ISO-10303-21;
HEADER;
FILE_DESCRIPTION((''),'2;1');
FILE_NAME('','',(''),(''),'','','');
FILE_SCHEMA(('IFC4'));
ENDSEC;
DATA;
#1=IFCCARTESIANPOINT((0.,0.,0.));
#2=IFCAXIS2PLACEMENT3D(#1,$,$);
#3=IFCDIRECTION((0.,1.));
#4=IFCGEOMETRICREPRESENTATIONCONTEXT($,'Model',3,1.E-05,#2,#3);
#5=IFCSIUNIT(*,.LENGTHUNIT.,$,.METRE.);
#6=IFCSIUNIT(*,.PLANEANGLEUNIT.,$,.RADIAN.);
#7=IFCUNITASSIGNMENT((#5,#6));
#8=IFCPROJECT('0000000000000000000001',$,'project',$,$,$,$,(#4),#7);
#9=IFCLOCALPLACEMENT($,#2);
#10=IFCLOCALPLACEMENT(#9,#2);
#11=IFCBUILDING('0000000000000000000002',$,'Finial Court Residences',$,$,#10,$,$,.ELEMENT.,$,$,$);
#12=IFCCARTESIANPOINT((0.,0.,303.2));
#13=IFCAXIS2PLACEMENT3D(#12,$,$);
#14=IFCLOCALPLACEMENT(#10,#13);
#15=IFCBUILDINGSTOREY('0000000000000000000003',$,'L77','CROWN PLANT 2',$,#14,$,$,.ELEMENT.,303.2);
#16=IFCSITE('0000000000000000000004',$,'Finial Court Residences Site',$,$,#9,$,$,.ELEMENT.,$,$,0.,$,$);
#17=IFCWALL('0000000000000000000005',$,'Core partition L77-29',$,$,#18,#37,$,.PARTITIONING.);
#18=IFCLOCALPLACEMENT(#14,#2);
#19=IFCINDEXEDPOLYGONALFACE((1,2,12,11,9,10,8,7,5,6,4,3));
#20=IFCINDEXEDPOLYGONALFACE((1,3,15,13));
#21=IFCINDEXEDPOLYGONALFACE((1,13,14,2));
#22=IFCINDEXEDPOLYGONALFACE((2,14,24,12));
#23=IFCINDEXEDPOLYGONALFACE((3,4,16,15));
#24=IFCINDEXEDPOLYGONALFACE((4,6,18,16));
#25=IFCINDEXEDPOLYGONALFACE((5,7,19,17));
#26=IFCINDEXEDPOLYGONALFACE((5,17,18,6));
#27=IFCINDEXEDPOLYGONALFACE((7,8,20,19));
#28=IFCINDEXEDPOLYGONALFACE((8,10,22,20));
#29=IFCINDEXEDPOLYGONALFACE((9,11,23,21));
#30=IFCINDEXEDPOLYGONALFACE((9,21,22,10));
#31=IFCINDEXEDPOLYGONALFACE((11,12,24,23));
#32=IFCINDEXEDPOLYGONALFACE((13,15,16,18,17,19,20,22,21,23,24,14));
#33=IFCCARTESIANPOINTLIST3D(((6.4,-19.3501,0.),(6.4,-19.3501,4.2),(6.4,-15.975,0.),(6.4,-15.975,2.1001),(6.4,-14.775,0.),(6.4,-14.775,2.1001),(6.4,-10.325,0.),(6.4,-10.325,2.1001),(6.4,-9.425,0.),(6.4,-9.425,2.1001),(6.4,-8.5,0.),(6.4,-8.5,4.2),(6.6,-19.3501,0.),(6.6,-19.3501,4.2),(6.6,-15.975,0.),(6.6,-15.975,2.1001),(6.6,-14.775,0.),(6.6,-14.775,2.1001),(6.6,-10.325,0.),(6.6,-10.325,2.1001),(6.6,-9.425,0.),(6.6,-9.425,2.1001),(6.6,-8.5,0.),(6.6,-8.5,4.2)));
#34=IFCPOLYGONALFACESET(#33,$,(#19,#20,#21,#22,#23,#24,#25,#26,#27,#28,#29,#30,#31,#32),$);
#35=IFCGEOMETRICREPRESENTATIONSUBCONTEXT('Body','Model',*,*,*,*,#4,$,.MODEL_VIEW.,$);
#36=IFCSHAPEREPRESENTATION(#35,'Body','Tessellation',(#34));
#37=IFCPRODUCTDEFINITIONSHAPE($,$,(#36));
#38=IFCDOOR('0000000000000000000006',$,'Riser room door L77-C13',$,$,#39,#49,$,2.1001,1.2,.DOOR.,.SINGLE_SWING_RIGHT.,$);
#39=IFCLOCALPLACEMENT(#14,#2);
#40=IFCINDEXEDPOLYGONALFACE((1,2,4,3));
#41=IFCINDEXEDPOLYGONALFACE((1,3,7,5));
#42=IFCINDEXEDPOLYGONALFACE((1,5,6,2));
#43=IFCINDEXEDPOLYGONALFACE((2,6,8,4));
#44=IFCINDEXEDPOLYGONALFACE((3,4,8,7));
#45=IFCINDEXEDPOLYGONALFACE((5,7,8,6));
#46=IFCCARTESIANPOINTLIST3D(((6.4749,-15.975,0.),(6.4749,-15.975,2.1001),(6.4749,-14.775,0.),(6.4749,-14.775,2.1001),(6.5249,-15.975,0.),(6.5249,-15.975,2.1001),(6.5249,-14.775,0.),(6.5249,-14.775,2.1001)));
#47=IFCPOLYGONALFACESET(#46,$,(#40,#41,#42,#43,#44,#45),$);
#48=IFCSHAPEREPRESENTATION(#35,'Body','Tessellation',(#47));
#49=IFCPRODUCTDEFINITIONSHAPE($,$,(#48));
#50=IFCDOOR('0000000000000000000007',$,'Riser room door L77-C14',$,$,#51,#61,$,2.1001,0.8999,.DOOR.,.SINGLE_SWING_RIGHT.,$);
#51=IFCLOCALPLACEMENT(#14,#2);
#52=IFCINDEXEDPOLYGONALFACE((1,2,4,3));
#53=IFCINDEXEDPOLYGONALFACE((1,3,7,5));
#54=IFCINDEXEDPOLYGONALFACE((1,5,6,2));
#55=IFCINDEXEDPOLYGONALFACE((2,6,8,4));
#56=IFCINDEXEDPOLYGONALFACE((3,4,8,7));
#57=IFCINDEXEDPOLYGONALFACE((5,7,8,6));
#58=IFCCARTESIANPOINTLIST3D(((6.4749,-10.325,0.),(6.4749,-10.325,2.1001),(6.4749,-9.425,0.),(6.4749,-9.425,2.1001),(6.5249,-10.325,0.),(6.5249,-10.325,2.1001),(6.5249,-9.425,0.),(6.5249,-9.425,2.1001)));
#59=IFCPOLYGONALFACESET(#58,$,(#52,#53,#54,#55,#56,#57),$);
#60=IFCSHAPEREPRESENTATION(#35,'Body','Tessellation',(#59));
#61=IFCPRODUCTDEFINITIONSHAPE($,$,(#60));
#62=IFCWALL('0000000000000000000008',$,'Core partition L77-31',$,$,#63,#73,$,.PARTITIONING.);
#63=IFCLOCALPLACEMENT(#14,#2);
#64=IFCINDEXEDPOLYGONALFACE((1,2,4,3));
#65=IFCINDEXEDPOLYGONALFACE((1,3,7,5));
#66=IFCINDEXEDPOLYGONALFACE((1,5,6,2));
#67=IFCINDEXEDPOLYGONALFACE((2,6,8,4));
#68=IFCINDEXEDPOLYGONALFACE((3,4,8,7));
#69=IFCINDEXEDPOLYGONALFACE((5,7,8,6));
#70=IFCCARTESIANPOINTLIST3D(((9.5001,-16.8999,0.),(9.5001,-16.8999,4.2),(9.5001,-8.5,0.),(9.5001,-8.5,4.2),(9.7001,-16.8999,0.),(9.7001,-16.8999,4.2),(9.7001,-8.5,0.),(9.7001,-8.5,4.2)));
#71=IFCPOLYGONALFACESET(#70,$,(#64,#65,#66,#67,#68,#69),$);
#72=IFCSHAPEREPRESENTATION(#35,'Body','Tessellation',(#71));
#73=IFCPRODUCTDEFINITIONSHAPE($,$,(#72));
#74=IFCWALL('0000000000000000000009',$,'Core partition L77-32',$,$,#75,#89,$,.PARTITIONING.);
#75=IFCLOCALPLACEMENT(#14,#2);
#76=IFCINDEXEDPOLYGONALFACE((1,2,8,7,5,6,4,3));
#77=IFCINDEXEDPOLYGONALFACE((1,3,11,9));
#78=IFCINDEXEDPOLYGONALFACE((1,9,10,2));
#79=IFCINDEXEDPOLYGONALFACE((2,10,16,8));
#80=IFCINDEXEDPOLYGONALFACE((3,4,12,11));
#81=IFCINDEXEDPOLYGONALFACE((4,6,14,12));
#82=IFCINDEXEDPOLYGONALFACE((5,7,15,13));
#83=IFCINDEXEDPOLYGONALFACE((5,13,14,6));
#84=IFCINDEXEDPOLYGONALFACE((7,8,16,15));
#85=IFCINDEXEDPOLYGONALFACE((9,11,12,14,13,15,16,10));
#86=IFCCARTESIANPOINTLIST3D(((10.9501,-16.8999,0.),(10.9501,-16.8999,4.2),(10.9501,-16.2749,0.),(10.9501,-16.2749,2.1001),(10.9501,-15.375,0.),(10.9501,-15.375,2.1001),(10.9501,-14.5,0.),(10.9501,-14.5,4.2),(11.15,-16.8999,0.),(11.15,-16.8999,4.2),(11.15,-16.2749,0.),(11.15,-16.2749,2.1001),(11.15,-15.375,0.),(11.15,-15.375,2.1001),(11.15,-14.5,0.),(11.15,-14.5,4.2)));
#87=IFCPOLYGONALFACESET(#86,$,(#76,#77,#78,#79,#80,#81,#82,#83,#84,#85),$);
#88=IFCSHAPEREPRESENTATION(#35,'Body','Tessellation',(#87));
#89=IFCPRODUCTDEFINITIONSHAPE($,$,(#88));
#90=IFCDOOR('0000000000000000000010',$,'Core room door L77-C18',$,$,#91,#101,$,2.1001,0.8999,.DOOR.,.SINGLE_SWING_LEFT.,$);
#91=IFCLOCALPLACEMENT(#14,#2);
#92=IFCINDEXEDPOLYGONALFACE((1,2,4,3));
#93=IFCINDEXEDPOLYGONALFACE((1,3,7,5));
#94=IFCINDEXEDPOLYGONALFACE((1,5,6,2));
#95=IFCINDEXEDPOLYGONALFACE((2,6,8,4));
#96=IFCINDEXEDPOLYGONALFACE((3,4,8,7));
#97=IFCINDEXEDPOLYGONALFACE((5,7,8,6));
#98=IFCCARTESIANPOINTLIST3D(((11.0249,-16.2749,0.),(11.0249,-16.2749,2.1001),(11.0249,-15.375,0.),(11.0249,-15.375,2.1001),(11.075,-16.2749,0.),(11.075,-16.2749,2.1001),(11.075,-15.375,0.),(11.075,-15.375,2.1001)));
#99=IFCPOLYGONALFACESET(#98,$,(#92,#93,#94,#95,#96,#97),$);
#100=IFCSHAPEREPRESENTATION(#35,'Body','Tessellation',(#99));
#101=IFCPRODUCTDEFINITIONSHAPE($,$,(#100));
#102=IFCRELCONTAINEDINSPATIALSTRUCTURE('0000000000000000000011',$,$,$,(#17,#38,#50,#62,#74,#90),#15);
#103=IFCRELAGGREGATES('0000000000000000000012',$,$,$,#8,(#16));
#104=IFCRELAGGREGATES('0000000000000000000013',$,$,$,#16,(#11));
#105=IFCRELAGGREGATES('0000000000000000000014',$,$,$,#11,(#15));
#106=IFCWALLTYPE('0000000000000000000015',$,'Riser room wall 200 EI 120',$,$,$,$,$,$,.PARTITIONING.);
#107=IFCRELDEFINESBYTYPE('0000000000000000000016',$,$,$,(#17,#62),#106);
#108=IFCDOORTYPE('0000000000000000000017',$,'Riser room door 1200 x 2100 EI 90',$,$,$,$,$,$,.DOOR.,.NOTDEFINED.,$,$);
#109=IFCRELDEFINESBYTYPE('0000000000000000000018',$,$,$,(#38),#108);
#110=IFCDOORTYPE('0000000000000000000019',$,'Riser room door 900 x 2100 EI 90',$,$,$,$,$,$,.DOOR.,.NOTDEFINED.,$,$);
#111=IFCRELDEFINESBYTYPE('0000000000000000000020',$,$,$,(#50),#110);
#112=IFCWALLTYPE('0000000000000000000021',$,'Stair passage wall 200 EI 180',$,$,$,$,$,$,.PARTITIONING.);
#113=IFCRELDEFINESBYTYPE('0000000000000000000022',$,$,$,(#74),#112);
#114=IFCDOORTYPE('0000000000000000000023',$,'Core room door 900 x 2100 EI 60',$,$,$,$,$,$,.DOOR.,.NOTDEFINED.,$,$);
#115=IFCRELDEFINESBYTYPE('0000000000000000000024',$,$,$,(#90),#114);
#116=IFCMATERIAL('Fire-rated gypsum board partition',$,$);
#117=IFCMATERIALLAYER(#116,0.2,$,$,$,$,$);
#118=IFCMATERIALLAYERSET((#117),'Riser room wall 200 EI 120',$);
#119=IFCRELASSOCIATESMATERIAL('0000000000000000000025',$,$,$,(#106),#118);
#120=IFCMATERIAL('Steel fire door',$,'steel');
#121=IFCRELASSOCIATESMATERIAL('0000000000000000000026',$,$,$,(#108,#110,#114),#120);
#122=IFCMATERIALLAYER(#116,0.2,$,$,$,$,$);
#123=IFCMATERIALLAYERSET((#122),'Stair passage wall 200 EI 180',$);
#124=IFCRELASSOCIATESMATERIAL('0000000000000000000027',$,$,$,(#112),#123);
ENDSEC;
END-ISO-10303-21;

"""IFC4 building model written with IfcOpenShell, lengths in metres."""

from ifc_helpers import new_model, si_unit, direction, frame, frame_2d, origin, place, context, subcontext, project, spatial, rectangle, extrude, material, layer, layer_set, type_object, element, fill, save


model = new_model("IFC4")

# Units and contexts
model_context = context("Model", 3, precision=1e-05, world=origin(), true_north=direction((0.0, 1.0)))
body_context = subcontext(model_context, "Body", "Model", "MODEL_VIEW")
ifc_project = project(units=[si_unit("LENGTHUNIT", "METRE"), si_unit("PLANEANGLEUNIT", "RADIAN")], contexts=[model_context])

# Site, building, storey
site_placement = place(None, origin())
site = spatial("IfcSite", under=ifc_project, at=site_placement, Name="Finial Court Residences Site", CompositionType="ELEMENT", RefElevation=0.0)
building_placement = place(site_placement, origin())
building = spatial("IfcBuilding", under=site, at=building_placement, Name="Finial Court Residences", CompositionType="ELEMENT")
storey_placement = place(building_placement, frame((0.0, 0.0, 303.2)))
storey = spatial("IfcBuildingStorey", under=building, at=storey_placement, Name="L77", Description="CROWN PLANT 2", CompositionType="ELEMENT", Elevation=303.2)

# Shared definitions
ifc_material_1 = material(Name="Fire-rated gypsum board partition")
ifc_material_2 = material(Name="Steel fire door", Category="steel")

# Shared definitions
ifc_layer_1 = layer(ifc_material_1, 0.2)
ifc_layer_set_1 = layer_set([ifc_layer_1], Name="Riser room wall 200 EI 120")
wall_type_1 = type_object("IfcWallType", Name="Riser room wall 200 EI 120", PredefinedType="PARTITIONING", material=ifc_layer_set_1)

# Wall, openings, doors
door_type_1 = type_object("IfcDoorType", Name="Riser room door 1200 x 2100 EI 90", OperationType="NOTDEFINED", PredefinedType="DOOR", material=ifc_material_2)
wall_1_placement = place(storey_placement, frame((6.5, -8.5, 0.0), z_axis=(0.0, 0.0, 1.0), x_axis=(0.0, -1.0, 0.0)))
wall_1 = element("IfcWall", 1, at=wall_1_placement, inside=storey, type_object=wall_type_1, Name="Core partition L77-29", PredefinedType="PARTITIONING", context=body_context, shape_type="SweptSolid", body=[
    extrude(rectangle(XDim=10.8501, YDim=0.2, at=frame_2d((5.425, 0.0))), origin(), (0.0, 0.0, 1.0), 4.2),
])
opening_1_placement = place(wall_1_placement, frame((6.2749, 0.0, 0.0)))
opening_1 = element("IfcOpeningElement", 2, at=opening_1_placement, cuts=wall_1, PredefinedType="OPENING", context=body_context, shape_type="SweptSolid", body=[
    extrude(rectangle(XDim=1.2, YDim=2.1001, at=frame_2d((0.6001, 1.05))), frame((0.0, 0.1099, 0.0), z_axis=(0.0, -1.0, 0.0), x_axis=(1.0, 0.0, 0.0)), (0.0, 0.0, 1.0), 0.22),
])
opening_2_placement = place(wall_1_placement, frame((0.925, 0.0, 0.0)))
opening_2 = element("IfcOpeningElement", 3, at=opening_2_placement, cuts=wall_1, PredefinedType="OPENING", context=body_context, shape_type="SweptSolid", body=[
    extrude(rectangle(XDim=0.8999, YDim=2.1001, at=frame_2d((0.45, 1.05))), frame((0.0, 0.1099, 0.0), z_axis=(0.0, -1.0, 0.0), x_axis=(1.0, 0.0, 0.0)), (0.0, 0.0, 1.0), 0.22),
])
door_1_placement = place(opening_1_placement, origin())
door_1 = element("IfcDoor", 4, at=door_1_placement, inside=storey, type_object=door_type_1, Name="Riser room door L77-C13", OperationType="SINGLE_SWING_RIGHT", OverallHeight=2.1001, OverallWidth=1.2, PredefinedType="DOOR", context=body_context, shape_type="SweptSolid", body=[
    extrude(rectangle(XDim=1.2, YDim=2.1001, at=frame_2d((0.6001, 1.05))), frame((0.0, 0.0249, 0.0), z_axis=(0.0, -1.0, 0.0), x_axis=(1.0, 0.0, 0.0)), (0.0, 0.0, 1.0), 0.05),
])
fill(opening_1, door_1)
door_type_2 = type_object("IfcDoorType", Name="Riser room door 900 x 2100 EI 90", OperationType="NOTDEFINED", PredefinedType="DOOR", material=ifc_material_2)
door_2_placement = place(opening_2_placement, origin())
door_2 = element("IfcDoor", 5, at=door_2_placement, inside=storey, type_object=door_type_2, Name="Riser room door L77-C14", OperationType="SINGLE_SWING_RIGHT", OverallHeight=2.1001, OverallWidth=0.8999, PredefinedType="DOOR", context=body_context, shape_type="SweptSolid", body=[
    extrude(rectangle(XDim=0.8999, YDim=2.1001, at=frame_2d((0.45, 1.05))), frame((0.0, 0.0249, 0.0), z_axis=(0.0, -1.0, 0.0), x_axis=(1.0, 0.0, 0.0)), (0.0, 0.0, 1.0), 0.05),
])
fill(opening_2, door_2)

# Wall
wall_2_placement = place(storey_placement, frame((9.6001, -16.8999, 0.0), z_axis=(0.0, 0.0, 1.0), x_axis=(0.0, 1.0, 0.0)))
element("IfcWall", 6, at=wall_2_placement, inside=storey, type_object=wall_type_1, Name="Core partition L77-31", PredefinedType="PARTITIONING", context=body_context, shape_type="SweptSolid", body=[
    extrude(rectangle(XDim=8.3999, YDim=0.2, at=frame_2d((4.2, 0.0))), origin(), (0.0, 0.0, 1.0), 4.2),
])

# Wall, opening, door
ifc_layer_2 = layer(ifc_material_1, 0.2)
ifc_layer_set_2 = layer_set([ifc_layer_2], Name="Stair passage wall 200 EI 180")
wall_type_2 = type_object("IfcWallType", Name="Stair passage wall 200 EI 180", PredefinedType="PARTITIONING", material=ifc_layer_set_2)
wall_3_placement = place(storey_placement, frame((11.05, -14.5, 0.0), z_axis=(0.0, 0.0, 1.0), x_axis=(0.0, -1.0, 0.0)))
wall_3 = element("IfcWall", 7, at=wall_3_placement, inside=storey, type_object=wall_type_2, Name="Core partition L77-32", PredefinedType="PARTITIONING", context=body_context, shape_type="SweptSolid", body=[
    extrude(rectangle(XDim=2.3999, YDim=0.2, at=frame_2d((1.2, 0.0))), origin(), (0.0, 0.0, 1.0), 4.2),
])
opening_3_placement = place(wall_3_placement, frame((0.875, 0.0, 0.0)))
opening_3 = element("IfcOpeningElement", 8, at=opening_3_placement, cuts=wall_3, PredefinedType="OPENING", context=body_context, shape_type="SweptSolid", body=[
    extrude(rectangle(XDim=0.8999, YDim=2.1001, at=frame_2d((0.45, 1.05))), frame((0.0, 0.1099, 0.0), z_axis=(0.0, -1.0, 0.0), x_axis=(1.0, 0.0, 0.0)), (0.0, 0.0, 1.0), 0.22),
])
door_type_3 = type_object("IfcDoorType", Name="Core room door 900 x 2100 EI 60", OperationType="NOTDEFINED", PredefinedType="DOOR", material=ifc_material_2)
door_3_placement = place(opening_3_placement, origin())
door_3 = element("IfcDoor", 9, at=door_3_placement, inside=storey, type_object=door_type_3, Name="Core room door L77-C18", OperationType="SINGLE_SWING_LEFT", OverallHeight=2.1001, OverallWidth=0.8999, PredefinedType="DOOR", context=body_context, shape_type="SweptSolid", body=[
    extrude(rectangle(XDim=0.8999, YDim=2.1001, at=frame_2d((0.45, 1.05))), frame((0.0, 0.0249, 0.0), z_axis=(0.0, -1.0, 0.0), x_axis=(1.0, 0.0, 0.0)), (0.0, 0.0, 1.0), 0.05),
])
fill(opening_3, door_3)

save(model, "model.ifc")
